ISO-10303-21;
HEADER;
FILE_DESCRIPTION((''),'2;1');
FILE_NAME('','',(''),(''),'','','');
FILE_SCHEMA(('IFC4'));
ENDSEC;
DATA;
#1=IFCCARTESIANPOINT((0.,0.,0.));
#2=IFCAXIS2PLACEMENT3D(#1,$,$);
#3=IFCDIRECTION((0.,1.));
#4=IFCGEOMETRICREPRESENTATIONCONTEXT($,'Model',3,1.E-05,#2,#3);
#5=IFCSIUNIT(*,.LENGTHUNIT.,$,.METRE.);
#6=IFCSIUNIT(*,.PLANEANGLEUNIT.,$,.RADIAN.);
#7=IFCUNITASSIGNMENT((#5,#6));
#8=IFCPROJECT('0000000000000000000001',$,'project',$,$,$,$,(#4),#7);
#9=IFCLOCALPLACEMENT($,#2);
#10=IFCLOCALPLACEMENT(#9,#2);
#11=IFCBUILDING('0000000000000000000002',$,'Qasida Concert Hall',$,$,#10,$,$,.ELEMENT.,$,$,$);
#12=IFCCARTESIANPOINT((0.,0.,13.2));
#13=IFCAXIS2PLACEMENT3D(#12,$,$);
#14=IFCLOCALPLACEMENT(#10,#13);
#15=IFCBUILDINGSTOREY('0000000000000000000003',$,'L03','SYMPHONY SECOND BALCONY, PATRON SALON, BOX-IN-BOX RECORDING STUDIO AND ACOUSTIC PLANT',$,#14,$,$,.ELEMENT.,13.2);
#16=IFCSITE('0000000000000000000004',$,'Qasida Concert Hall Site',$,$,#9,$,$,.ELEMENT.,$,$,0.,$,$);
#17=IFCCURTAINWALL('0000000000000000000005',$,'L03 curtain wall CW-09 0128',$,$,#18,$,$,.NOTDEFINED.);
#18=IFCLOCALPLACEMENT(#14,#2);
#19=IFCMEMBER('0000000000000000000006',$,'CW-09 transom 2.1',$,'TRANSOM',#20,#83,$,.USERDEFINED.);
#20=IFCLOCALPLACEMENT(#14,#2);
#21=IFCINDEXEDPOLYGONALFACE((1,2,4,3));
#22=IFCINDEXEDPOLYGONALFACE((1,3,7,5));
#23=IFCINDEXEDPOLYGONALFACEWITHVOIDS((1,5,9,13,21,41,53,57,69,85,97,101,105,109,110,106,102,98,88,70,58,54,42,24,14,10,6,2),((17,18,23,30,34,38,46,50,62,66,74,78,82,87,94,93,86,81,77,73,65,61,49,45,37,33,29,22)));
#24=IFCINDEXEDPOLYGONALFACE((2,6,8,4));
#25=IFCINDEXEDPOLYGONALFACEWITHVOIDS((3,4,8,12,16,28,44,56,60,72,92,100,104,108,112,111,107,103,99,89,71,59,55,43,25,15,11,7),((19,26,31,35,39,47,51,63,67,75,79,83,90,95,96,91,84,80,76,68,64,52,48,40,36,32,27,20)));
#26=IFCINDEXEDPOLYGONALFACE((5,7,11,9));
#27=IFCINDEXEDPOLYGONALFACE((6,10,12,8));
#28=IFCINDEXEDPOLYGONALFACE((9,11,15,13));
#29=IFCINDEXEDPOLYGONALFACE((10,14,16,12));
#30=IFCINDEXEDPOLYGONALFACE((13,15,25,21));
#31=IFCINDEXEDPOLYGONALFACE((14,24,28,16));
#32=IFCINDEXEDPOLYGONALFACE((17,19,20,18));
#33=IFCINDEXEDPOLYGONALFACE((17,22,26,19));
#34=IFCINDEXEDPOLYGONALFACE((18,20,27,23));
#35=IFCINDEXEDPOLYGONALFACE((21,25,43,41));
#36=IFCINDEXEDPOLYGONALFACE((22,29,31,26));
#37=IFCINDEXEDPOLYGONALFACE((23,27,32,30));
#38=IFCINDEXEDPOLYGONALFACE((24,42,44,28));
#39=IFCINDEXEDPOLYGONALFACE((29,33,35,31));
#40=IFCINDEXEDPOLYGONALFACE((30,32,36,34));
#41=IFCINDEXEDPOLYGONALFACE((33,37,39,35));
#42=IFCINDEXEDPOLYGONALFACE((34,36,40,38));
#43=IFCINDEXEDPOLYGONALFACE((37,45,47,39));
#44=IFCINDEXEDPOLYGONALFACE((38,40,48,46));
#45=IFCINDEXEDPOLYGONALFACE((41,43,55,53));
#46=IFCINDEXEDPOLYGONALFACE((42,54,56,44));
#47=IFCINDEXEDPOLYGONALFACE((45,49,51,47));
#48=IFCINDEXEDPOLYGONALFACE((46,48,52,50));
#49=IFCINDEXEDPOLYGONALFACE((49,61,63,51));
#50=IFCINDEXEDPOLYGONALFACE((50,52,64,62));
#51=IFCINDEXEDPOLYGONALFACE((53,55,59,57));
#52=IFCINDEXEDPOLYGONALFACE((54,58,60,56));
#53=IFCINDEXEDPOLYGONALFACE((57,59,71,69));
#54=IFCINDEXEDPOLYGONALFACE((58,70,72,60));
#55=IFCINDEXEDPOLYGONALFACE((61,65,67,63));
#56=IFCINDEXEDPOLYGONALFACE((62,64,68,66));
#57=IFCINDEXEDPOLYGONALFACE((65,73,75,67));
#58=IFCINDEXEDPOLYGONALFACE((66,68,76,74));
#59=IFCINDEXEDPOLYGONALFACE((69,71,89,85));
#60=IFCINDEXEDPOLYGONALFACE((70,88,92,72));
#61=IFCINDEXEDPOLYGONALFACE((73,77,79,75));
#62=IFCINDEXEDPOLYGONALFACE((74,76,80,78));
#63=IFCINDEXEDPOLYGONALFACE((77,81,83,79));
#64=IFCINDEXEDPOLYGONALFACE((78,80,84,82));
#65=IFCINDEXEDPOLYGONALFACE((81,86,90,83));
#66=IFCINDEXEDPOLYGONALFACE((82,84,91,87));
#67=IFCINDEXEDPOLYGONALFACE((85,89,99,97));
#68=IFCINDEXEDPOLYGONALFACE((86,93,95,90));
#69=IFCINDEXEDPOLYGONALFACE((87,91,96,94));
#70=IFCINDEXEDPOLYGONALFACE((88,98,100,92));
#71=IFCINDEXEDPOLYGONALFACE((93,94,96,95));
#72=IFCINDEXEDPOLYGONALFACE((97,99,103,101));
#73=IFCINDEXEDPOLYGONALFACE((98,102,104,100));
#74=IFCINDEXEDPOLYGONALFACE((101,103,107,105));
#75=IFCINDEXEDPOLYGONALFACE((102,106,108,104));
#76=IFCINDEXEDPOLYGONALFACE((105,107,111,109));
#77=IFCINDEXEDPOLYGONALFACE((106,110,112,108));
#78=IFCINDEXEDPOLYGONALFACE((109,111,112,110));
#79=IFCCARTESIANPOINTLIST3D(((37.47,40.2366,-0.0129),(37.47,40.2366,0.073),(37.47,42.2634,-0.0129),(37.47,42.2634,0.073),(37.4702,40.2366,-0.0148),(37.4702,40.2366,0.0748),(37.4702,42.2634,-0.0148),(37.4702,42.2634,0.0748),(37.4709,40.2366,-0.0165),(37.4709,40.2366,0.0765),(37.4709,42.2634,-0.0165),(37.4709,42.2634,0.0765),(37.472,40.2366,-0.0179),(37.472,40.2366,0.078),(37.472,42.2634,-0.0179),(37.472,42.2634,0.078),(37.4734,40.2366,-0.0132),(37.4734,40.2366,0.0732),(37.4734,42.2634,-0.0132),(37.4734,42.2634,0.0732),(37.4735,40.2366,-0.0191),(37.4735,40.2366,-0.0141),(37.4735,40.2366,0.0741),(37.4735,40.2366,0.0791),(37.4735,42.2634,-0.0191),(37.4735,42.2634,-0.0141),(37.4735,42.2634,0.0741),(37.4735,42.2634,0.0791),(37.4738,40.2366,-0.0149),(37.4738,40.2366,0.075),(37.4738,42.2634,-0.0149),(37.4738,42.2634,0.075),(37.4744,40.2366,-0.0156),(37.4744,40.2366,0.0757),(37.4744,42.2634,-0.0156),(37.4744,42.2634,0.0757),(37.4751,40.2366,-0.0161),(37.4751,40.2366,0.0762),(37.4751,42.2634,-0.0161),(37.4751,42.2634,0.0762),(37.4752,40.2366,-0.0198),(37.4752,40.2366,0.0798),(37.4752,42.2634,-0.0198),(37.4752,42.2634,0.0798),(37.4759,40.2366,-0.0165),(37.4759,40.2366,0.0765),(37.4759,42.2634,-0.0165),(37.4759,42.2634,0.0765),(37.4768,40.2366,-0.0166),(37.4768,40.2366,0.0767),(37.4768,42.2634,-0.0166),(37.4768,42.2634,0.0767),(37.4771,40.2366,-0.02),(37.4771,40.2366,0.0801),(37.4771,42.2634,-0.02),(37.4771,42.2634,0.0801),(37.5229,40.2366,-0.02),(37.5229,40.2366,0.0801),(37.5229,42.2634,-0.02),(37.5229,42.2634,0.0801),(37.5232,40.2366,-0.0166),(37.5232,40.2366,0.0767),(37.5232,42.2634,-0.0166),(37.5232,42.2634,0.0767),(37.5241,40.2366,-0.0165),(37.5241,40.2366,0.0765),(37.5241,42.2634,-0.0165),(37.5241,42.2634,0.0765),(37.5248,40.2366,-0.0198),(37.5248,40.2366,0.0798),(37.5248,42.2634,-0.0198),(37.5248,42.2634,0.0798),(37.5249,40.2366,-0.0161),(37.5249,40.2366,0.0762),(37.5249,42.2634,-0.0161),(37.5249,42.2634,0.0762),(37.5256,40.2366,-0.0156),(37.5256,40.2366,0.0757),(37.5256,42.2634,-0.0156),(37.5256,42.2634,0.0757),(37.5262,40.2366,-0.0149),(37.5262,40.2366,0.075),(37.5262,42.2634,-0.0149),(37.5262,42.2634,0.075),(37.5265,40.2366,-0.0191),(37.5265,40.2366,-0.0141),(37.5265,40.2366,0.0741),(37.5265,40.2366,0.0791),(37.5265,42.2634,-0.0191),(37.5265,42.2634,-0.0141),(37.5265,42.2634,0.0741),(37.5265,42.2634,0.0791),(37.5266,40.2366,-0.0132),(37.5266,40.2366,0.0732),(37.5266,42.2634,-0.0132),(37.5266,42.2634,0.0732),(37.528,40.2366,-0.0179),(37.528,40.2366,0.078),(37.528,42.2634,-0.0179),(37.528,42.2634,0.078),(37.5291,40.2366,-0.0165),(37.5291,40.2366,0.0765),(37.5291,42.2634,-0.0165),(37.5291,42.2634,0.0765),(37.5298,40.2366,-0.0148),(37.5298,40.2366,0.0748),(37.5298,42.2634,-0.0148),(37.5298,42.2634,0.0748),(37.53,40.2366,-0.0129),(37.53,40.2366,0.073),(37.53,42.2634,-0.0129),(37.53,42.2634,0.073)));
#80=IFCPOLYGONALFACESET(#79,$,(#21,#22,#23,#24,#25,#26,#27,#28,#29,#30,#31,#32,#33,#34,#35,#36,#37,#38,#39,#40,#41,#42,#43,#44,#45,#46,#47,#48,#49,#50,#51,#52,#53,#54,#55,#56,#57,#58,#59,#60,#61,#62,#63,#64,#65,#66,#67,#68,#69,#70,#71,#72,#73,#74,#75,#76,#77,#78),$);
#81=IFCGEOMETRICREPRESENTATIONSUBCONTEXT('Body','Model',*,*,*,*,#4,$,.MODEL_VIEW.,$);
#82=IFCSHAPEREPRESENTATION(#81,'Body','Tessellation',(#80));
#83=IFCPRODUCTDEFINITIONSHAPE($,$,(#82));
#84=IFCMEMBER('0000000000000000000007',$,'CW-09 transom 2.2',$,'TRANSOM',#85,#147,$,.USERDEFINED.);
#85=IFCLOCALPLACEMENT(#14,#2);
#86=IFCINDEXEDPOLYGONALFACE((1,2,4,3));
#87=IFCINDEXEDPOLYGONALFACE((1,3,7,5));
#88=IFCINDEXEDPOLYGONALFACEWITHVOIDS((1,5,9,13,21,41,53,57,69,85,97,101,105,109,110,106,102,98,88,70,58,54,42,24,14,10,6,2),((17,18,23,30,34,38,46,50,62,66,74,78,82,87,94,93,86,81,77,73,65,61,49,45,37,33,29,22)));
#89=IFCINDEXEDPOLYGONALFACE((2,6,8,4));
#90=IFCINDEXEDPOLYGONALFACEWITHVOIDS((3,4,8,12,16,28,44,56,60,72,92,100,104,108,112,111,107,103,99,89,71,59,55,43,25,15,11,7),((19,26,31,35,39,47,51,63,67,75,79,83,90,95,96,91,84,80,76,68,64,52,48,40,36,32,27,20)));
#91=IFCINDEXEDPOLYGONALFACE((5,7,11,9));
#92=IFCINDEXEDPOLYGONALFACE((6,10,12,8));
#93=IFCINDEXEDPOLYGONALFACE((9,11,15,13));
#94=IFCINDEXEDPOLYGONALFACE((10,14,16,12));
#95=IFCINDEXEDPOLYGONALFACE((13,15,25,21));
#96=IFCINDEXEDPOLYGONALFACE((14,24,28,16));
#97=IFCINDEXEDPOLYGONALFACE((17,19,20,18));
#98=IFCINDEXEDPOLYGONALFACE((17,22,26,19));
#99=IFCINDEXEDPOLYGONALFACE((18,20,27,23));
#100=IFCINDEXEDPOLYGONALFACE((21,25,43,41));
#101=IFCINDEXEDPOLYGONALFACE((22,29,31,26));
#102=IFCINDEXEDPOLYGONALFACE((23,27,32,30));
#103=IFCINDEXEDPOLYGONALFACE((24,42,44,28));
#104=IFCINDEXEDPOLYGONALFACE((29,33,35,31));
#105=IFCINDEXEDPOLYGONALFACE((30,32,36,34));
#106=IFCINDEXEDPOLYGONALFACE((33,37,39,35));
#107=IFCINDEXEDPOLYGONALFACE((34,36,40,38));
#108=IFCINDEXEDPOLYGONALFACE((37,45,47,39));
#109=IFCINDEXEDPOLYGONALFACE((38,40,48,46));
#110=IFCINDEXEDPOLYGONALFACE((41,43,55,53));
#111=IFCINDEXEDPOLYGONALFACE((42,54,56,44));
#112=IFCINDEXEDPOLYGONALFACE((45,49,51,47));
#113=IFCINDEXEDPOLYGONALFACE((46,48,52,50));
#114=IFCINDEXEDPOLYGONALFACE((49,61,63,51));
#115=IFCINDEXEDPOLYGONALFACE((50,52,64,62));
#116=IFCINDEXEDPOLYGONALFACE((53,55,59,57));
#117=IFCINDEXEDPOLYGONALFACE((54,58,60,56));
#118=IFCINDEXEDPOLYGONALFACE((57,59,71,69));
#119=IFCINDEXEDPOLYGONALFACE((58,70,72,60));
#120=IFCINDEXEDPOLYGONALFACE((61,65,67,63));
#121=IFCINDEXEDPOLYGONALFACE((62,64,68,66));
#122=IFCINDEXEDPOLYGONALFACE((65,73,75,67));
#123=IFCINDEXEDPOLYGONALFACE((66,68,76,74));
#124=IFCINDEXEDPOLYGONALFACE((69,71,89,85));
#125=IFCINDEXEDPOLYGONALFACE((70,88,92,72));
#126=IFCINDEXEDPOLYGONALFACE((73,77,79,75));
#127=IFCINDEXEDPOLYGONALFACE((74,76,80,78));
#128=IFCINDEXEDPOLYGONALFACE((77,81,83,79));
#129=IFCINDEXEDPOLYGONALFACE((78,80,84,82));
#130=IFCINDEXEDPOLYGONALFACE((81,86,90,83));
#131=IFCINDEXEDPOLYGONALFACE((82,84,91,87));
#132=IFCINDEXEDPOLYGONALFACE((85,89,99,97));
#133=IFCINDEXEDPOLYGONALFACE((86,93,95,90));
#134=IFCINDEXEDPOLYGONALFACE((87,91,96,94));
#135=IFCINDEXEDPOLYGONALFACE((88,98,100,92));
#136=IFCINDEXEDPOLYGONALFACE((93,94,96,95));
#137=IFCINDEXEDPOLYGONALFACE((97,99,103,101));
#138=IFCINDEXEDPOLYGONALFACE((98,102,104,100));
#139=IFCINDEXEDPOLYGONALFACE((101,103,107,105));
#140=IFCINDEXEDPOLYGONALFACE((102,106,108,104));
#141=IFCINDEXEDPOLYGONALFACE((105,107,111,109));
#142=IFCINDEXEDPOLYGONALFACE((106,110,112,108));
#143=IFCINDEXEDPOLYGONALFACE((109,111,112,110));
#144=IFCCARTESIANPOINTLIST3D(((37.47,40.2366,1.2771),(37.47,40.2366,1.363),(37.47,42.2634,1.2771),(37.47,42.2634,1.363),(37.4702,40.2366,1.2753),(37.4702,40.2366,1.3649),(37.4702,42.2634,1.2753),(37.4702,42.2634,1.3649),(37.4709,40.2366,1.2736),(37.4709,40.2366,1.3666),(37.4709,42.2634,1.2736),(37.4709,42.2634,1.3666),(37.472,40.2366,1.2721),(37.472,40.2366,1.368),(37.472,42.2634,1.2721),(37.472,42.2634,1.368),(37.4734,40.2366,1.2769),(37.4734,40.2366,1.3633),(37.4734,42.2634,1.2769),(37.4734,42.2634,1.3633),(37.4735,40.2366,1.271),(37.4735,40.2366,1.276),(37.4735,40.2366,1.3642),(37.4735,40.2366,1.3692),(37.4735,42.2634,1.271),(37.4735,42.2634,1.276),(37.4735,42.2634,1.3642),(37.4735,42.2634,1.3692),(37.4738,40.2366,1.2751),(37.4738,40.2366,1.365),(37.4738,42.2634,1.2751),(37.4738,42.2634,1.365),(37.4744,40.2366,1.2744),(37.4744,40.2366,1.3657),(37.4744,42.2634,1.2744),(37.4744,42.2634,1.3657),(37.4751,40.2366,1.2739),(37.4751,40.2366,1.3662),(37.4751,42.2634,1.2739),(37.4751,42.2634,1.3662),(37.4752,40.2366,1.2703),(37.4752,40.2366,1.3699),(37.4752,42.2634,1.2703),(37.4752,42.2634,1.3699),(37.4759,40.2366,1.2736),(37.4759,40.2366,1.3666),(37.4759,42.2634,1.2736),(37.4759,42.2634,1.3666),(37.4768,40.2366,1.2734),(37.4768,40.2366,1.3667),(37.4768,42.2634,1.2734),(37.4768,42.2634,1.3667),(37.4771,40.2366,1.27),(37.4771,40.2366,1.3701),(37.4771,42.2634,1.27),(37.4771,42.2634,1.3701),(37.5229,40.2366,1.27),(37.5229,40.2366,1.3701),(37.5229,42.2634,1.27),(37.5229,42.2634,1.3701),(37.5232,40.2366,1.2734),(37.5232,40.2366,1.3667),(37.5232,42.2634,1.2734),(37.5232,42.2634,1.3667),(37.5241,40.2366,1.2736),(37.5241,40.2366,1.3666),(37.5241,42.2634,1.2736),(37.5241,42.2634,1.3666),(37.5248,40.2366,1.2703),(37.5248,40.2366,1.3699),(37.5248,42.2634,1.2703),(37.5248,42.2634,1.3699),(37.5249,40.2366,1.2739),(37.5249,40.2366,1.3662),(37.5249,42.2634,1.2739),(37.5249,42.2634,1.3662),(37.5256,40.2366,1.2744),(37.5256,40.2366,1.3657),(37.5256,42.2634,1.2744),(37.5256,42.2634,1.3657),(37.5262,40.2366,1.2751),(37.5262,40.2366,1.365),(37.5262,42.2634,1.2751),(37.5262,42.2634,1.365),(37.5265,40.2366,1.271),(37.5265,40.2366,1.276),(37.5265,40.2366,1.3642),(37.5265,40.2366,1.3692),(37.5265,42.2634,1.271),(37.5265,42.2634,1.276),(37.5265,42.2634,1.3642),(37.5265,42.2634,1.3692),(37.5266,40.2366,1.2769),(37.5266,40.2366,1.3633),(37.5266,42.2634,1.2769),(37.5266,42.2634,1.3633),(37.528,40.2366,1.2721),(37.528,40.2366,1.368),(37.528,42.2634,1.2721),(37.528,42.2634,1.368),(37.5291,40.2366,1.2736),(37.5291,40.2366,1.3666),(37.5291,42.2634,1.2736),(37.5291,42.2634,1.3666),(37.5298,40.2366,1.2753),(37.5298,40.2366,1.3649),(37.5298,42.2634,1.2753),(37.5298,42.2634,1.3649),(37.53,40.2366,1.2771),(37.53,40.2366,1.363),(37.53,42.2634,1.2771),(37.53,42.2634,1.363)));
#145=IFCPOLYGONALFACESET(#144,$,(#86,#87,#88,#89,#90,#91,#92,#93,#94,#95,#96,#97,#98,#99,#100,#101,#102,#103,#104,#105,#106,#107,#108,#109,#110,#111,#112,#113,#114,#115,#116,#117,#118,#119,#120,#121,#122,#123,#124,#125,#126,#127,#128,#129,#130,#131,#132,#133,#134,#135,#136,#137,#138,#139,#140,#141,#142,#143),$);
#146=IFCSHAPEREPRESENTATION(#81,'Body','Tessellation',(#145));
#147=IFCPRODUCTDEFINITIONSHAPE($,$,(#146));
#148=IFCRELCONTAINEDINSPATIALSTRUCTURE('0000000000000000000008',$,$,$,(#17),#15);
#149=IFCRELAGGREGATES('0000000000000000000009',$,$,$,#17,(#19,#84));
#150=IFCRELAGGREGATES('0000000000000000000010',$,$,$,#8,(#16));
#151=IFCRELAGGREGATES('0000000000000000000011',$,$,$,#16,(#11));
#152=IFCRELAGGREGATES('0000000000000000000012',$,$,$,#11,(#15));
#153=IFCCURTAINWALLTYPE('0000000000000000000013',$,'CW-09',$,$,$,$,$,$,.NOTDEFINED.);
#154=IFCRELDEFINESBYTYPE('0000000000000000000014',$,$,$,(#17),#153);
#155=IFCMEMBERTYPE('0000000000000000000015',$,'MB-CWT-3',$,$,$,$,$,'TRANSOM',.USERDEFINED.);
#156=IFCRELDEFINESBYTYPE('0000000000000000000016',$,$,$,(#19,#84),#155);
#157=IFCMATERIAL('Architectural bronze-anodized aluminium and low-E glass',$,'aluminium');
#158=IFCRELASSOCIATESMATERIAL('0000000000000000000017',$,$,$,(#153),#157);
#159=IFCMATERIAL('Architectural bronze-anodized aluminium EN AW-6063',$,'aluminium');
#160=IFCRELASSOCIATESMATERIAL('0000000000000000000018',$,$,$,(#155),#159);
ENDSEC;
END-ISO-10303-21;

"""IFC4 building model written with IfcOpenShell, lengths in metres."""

from ifc_helpers import new_model, si_unit, direction, frame, origin, origin_2d, place, context, subcontext, project, spatial, hollow_rectangle, extrude, material, material_profile, profile_set, type_object, element, aggregate, save


model = new_model("IFC4")

# Units and contexts
model_context = context("Model", 3, precision=1e-05, world=origin(), true_north=direction((0.0, 1.0)))
body_context = subcontext(model_context, "Body", "Model", "MODEL_VIEW")
ifc_project = project(units=[si_unit("LENGTHUNIT", "METRE"), si_unit("PLANEANGLEUNIT", "RADIAN")], contexts=[model_context])

# Site, building, storey
site_placement = place(None, origin())
site = spatial("IfcSite", under=ifc_project, at=site_placement, Name="Qasida Concert Hall Site", CompositionType="ELEMENT", RefElevation=0.0)
building_placement = place(site_placement, origin())
building = spatial("IfcBuilding", under=site, at=building_placement, Name="Qasida Concert Hall", CompositionType="ELEMENT")
storey_placement = place(building_placement, frame((0.0, 0.0, 13.2)))
storey = spatial("IfcBuildingStorey", under=building, at=storey_placement, Name="L03", Description="SYMPHONY SECOND BALCONY, PATRON SALON, BOX-IN-BOX RECORDING STUDIO AND ACOUSTIC PLANT", CompositionType="ELEMENT", Elevation=13.2)

# Curtain wall
ifc_material_1 = material(Name="Architectural bronze-anodized aluminium and low-E glass", Category="aluminium")
curtain_wall_type = type_object("IfcCurtainWallType", Name="CW-09", PredefinedType="NOTDEFINED", material=ifc_material_1)
curtain_wall_1_placement = place(storey_placement, origin())
curtain_wall_1 = element("IfcCurtainWall", 1, at=curtain_wall_1_placement, inside=storey, type_object=curtain_wall_type, Name="L03 curtain wall CW-09 0128", PredefinedType="NOTDEFINED")
ifc_material_2 = material(Name="Architectural bronze-anodized aluminium EN AW-6063", Category="aluminium")

# Members
ifc_material_profile_1 = material_profile(ifc_material_2, hollow_rectangle(XDim=0.0601, YDim=0.1001, WallThickness=0.0034, InnerFilletRadius=0.0034, OuterFilletRadius=0.0071, at=origin_2d()), Name="CWT 100x60x3.5")
ifc_profile_set_1 = profile_set([ifc_material_profile_1], Name="Architectural bronze-anodized aluminium EN AW-6063")
member_type_1 = type_object("IfcMemberType", Name="MB-CWT-3", ElementType="TRANSOM", PredefinedType="USERDEFINED", material=ifc_profile_set_1)
member_1_placement = place(storey_placement, frame((37.5, 40.2366, 0.03), z_axis=(0.0, 1.0, 0.0), x_axis=(-1.0, 0.0, 0.0)))
member_1 = element("IfcMember", 2, at=member_1_placement, type_object=member_type_1, Name="CW-09 transom 2.1", ObjectType="TRANSOM", PredefinedType="USERDEFINED", context=body_context, shape_type="SweptSolid", body=[
    extrude(hollow_rectangle(XDim=0.0601, YDim=0.1001, WallThickness=0.0034, InnerFilletRadius=0.0034, OuterFilletRadius=0.0071, at=origin_2d()), origin(), (0.0, 0.0, 1.0), 2.0269),
])
member_2_placement = place(storey_placement, frame((37.5, 40.2366, 1.3201), z_axis=(0.0, 1.0, 0.0), x_axis=(-1.0, 0.0, 0.0)))
member_2 = element("IfcMember", 3, at=member_2_placement, type_object=member_type_1, Name="CW-09 transom 2.2", ObjectType="TRANSOM", PredefinedType="USERDEFINED", context=body_context, shape_type="SweptSolid", body=[
    extrude(hollow_rectangle(XDim=0.0601, YDim=0.1001, WallThickness=0.0034, InnerFilletRadius=0.0034, OuterFilletRadius=0.0071, at=origin_2d()), origin(), (0.0, 0.0, 1.0), 2.0269),
])

aggregate(curtain_wall_1, [member_1, member_2])

save(model, "model.ifc")
